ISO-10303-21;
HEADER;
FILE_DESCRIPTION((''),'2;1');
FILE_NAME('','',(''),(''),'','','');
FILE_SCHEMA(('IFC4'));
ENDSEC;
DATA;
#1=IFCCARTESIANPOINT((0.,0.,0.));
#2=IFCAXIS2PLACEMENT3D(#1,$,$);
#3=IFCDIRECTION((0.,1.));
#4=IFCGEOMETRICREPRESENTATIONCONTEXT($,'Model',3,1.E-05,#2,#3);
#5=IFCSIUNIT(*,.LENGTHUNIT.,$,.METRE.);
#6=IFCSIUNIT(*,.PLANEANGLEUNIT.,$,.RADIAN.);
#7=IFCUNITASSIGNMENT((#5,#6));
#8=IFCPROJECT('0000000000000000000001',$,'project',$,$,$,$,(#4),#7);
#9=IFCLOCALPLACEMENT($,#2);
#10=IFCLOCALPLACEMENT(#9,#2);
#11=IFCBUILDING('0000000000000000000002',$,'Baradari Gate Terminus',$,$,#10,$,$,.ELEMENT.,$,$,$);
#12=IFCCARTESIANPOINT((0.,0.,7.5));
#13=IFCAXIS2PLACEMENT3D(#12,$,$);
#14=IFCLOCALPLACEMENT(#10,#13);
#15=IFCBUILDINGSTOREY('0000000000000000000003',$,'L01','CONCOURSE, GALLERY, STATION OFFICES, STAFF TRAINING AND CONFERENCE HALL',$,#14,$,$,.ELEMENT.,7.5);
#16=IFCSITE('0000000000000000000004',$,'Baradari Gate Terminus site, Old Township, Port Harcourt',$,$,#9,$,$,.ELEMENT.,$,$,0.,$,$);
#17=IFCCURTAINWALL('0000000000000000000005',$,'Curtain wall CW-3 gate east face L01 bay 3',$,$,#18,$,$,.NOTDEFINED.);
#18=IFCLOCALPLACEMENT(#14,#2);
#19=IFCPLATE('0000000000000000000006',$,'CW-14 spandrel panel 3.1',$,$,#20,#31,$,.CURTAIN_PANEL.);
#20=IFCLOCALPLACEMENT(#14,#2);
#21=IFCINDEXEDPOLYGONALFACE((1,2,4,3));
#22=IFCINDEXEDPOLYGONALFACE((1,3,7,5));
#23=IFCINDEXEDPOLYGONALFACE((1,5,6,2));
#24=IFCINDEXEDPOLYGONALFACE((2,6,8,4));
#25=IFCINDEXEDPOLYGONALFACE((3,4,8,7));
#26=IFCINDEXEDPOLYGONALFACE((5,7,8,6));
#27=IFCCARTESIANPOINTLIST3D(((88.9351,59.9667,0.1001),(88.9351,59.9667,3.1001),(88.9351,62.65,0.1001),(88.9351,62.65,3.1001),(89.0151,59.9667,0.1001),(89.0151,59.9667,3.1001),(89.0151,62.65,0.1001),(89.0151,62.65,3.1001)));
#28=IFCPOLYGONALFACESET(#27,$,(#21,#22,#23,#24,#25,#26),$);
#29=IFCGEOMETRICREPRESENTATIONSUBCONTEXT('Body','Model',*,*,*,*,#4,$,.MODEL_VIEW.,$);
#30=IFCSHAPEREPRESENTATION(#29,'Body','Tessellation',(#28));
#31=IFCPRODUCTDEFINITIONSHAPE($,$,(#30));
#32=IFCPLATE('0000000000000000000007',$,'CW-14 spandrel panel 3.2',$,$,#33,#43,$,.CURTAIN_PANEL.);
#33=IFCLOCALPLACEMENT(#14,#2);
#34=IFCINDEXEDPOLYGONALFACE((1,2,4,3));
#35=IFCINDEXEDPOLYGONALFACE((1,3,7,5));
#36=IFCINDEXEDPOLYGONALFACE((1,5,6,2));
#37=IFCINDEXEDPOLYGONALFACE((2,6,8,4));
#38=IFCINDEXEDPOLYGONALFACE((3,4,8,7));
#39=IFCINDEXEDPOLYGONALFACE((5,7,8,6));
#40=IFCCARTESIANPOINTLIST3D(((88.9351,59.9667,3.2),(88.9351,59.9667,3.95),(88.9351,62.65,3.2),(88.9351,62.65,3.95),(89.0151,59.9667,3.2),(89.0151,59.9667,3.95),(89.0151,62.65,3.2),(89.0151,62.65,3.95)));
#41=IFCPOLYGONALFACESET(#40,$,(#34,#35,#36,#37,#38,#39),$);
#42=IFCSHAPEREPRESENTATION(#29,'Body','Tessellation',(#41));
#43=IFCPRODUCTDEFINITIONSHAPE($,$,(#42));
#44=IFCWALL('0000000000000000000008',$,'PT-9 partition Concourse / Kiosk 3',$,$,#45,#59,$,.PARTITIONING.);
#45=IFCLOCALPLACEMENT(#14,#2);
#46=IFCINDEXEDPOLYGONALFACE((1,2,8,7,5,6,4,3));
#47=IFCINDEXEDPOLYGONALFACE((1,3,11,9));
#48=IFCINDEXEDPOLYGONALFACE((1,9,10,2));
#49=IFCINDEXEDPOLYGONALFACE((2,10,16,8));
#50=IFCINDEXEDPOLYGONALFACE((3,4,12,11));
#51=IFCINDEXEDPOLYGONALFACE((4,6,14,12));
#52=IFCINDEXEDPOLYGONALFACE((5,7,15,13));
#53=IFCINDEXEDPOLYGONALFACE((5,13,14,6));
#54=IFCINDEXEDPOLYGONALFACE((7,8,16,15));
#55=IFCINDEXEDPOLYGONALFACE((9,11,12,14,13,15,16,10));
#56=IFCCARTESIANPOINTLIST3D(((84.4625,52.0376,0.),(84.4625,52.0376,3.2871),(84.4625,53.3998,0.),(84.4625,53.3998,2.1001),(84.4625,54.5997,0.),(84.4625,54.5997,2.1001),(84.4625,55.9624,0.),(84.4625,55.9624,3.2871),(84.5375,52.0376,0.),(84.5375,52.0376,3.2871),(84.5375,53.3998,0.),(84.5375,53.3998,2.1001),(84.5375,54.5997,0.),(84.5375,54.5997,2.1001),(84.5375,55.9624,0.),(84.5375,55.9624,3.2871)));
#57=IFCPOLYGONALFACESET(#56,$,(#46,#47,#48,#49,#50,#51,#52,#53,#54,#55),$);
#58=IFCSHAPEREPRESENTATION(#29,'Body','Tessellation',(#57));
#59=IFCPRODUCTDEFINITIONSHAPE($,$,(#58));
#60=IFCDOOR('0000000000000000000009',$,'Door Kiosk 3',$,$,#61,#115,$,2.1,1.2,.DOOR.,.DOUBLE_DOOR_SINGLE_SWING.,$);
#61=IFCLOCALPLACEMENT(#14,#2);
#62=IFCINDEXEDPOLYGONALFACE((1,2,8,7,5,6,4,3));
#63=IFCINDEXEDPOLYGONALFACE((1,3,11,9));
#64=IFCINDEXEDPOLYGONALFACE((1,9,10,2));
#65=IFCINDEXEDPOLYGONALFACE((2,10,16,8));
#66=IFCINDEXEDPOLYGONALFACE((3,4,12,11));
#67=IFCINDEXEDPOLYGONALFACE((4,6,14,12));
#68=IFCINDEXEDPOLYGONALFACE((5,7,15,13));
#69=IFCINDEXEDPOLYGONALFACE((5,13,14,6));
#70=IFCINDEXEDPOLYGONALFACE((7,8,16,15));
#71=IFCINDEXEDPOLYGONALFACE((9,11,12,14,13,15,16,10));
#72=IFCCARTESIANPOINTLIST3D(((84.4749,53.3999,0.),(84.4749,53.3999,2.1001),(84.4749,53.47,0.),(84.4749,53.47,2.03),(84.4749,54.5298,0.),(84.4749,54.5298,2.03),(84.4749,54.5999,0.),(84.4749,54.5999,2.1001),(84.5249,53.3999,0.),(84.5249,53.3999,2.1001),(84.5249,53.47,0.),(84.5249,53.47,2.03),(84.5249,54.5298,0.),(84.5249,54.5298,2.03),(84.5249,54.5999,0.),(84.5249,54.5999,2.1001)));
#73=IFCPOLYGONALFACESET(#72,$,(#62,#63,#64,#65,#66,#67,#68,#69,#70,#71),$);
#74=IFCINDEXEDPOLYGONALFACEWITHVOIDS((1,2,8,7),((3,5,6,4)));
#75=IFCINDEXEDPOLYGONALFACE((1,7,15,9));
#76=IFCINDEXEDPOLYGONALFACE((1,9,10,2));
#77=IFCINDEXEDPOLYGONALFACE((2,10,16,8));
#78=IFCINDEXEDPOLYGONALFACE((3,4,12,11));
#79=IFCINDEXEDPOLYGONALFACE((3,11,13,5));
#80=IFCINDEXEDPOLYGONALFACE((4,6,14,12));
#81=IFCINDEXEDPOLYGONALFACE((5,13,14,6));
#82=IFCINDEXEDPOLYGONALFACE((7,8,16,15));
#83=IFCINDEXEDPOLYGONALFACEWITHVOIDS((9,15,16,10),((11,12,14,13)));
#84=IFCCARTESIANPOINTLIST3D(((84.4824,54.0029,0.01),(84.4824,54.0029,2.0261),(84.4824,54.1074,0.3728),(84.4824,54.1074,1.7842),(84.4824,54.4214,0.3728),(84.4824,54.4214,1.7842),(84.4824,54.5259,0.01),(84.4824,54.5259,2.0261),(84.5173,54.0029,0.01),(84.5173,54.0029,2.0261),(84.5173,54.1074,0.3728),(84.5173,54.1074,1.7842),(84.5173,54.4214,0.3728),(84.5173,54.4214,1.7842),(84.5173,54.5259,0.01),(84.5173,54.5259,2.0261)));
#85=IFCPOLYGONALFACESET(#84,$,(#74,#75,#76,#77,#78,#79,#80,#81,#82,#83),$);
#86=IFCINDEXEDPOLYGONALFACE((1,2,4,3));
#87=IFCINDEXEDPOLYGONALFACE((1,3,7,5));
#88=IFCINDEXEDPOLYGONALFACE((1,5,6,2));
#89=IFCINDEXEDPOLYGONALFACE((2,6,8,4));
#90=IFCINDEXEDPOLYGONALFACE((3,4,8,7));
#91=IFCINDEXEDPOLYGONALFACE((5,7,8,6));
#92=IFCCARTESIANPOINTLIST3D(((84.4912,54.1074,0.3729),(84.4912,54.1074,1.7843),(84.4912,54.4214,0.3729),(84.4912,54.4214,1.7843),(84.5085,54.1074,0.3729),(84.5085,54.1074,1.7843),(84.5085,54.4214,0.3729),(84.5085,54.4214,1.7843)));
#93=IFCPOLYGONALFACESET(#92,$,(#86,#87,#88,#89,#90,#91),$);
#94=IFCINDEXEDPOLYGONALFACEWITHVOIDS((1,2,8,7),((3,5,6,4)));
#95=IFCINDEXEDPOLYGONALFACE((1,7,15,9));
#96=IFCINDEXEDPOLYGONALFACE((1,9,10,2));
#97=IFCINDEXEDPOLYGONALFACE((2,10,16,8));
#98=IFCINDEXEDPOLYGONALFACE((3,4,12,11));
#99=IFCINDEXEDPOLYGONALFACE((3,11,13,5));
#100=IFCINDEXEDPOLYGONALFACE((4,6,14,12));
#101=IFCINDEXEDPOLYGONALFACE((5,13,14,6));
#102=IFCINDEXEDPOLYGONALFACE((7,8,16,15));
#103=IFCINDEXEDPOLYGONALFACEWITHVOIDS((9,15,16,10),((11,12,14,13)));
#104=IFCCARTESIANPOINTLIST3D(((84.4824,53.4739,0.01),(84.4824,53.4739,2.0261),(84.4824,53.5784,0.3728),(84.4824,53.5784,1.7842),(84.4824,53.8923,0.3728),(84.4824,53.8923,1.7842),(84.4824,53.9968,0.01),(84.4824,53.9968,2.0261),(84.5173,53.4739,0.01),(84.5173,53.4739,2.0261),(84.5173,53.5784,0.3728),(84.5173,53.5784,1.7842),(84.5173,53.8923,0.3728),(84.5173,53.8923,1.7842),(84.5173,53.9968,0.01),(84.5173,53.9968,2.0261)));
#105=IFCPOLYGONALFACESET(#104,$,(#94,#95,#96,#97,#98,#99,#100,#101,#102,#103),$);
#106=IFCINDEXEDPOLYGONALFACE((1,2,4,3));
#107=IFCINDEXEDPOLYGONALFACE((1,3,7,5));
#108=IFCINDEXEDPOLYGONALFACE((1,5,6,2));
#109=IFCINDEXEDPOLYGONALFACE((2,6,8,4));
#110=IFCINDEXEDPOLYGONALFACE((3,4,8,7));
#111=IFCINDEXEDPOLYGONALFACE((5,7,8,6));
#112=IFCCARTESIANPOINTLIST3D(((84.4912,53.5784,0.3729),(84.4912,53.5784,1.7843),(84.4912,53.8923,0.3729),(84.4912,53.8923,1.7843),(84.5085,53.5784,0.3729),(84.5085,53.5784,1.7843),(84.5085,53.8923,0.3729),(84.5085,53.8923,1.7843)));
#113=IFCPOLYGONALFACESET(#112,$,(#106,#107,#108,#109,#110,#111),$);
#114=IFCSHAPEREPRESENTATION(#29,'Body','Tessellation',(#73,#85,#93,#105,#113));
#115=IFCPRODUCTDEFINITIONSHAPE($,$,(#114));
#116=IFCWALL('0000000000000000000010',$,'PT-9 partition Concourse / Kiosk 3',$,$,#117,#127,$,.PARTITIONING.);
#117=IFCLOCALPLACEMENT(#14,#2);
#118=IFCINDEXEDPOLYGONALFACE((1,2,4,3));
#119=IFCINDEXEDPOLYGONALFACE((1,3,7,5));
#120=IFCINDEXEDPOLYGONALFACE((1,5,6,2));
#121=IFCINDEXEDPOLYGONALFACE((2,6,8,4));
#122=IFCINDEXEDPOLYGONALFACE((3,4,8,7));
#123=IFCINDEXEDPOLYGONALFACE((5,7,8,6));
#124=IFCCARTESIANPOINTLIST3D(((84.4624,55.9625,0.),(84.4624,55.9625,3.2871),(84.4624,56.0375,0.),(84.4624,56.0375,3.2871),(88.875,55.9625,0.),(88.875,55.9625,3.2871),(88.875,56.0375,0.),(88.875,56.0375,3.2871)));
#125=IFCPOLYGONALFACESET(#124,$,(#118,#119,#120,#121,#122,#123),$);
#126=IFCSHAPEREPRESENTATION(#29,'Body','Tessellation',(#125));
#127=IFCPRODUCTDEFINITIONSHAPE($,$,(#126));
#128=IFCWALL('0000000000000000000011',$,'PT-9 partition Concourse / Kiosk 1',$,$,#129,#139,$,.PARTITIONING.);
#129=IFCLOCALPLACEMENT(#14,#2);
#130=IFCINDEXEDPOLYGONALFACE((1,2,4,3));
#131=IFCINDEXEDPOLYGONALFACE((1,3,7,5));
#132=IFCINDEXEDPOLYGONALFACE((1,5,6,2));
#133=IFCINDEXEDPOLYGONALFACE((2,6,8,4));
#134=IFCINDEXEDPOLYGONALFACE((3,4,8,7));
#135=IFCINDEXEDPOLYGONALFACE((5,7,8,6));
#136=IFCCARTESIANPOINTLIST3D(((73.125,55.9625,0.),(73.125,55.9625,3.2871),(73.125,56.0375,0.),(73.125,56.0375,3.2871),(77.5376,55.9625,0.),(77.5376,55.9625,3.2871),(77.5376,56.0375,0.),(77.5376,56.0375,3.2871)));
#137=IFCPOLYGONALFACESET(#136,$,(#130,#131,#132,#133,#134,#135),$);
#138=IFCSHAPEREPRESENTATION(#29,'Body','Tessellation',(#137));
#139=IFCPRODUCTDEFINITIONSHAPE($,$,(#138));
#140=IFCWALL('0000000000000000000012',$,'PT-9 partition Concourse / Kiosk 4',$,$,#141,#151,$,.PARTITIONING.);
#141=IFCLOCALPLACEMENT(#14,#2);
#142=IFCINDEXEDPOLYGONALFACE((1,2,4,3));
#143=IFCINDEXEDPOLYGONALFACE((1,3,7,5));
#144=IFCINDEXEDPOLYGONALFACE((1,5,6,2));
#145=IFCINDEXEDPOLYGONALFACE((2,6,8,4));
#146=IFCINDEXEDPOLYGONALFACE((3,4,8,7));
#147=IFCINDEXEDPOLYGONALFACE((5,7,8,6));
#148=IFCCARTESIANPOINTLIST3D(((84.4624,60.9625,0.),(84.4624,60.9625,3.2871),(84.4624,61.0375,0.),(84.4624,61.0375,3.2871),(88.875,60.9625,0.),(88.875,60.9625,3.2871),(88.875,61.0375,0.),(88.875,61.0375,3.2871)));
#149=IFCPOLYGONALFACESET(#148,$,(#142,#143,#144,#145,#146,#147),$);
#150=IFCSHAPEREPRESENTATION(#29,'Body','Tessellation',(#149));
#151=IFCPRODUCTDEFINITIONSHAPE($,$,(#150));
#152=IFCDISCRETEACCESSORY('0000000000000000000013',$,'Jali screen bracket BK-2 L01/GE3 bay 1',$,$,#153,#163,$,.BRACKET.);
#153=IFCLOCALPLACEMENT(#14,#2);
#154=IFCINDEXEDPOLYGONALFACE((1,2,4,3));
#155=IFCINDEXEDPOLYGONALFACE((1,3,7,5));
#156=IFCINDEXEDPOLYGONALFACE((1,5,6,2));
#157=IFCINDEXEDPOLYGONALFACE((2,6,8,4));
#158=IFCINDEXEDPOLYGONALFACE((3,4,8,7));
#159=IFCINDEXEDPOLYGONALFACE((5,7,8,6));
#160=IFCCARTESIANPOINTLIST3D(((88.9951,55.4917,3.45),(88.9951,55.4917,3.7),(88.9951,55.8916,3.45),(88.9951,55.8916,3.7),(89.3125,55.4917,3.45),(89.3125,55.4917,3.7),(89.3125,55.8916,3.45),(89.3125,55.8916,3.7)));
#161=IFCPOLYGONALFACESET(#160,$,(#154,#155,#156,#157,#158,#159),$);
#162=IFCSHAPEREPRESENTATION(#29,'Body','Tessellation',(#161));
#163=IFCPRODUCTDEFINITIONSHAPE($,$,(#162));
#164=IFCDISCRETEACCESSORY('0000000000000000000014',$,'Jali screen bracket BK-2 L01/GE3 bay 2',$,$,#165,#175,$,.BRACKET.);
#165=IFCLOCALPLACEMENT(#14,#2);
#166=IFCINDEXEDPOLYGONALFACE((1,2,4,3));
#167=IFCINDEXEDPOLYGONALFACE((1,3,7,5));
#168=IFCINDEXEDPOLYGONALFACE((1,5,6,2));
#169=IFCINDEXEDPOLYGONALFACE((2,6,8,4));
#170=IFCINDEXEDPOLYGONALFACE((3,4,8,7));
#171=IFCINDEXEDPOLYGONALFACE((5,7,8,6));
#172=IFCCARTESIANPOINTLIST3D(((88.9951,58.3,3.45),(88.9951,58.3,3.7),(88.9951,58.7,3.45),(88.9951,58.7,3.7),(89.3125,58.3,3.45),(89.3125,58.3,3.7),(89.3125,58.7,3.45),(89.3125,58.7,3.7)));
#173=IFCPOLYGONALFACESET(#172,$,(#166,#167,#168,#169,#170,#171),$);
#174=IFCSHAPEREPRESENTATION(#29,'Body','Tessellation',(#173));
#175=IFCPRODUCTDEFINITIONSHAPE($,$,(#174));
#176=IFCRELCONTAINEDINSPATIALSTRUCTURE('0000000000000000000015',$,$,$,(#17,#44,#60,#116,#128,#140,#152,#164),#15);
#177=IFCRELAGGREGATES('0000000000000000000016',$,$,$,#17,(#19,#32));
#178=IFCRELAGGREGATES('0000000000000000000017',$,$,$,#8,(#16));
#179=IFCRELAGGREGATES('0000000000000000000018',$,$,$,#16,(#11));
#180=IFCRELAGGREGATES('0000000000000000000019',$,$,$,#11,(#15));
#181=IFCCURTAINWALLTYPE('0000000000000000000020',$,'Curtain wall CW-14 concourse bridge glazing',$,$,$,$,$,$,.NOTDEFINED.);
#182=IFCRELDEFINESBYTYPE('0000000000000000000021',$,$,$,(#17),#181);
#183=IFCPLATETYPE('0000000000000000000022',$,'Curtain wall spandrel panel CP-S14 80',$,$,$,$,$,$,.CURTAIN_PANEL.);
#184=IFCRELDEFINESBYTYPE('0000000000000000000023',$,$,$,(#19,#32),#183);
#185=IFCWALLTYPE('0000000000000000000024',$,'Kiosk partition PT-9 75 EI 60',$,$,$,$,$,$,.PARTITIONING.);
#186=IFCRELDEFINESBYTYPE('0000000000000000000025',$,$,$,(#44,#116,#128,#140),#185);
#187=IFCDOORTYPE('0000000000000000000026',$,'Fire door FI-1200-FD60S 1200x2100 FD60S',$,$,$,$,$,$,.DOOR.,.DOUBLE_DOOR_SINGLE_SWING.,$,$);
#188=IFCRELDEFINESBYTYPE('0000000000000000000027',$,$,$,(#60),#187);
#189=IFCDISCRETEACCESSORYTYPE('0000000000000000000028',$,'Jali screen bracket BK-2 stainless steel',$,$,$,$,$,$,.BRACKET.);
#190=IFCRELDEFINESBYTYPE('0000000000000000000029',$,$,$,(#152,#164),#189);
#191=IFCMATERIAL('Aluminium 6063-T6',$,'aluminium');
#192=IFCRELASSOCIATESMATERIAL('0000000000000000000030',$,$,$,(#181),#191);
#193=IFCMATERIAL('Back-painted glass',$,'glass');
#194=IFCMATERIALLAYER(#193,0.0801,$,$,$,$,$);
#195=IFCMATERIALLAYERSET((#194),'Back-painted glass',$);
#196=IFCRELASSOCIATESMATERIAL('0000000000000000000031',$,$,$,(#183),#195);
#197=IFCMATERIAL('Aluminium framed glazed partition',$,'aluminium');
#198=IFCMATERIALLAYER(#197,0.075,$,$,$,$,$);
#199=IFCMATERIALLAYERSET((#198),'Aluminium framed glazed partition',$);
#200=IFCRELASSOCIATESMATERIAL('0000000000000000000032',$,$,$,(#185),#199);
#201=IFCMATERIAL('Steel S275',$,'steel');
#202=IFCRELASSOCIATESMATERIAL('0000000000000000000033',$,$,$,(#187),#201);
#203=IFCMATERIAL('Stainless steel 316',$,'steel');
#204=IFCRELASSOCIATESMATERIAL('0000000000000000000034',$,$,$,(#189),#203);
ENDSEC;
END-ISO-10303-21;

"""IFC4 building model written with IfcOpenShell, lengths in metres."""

from ifc_helpers import new_model, si_unit, direction, frame, frame_2d, origin, origin_2d, place, context, subcontext, project, spatial, polyline, rectangle, outline, extrude, material, layer, layer_set, type_object, element, fill, aggregate, save


model = new_model("IFC4")

# Units and contexts
model_context = context("Model", 3, precision=1e-05, world=origin(), true_north=direction((0.0, 1.0)))
body_context = subcontext(model_context, "Body", "Model", "MODEL_VIEW")
ifc_project = project(units=[si_unit("LENGTHUNIT", "METRE"), si_unit("PLANEANGLEUNIT", "RADIAN")], contexts=[model_context])

# Site, building, storey
site_placement = place(None, origin())
site = spatial("IfcSite", under=ifc_project, at=site_placement, Name="Baradari Gate Terminus site, Old Township, Port Harcourt", CompositionType="ELEMENT", RefElevation=0.0)
building_placement = place(site_placement, origin())
building = spatial("IfcBuilding", under=site, at=building_placement, Name="Baradari Gate Terminus", CompositionType="ELEMENT")
storey_placement = place(building_placement, frame((0.0, 0.0, 7.5)))
storey = spatial("IfcBuildingStorey", under=building, at=storey_placement, Name="L01", Description="CONCOURSE, GALLERY, STATION OFFICES, STAFF TRAINING AND CONFERENCE HALL", CompositionType="ELEMENT", Elevation=7.5)

# Curtain wall, plates
ifc_material_1 = material(Name="Aluminium 6063-T6", Category="aluminium")
curtain_wall_type = type_object("IfcCurtainWallType", Name="Curtain wall CW-14 concourse bridge glazing", PredefinedType="NOTDEFINED", material=ifc_material_1)
curtain_wall_placement = place(storey_placement, origin())
curtain_wall = element("IfcCurtainWall", 1, at=curtain_wall_placement, inside=storey, type_object=curtain_wall_type, Name="Curtain wall CW-3 gate east face L01 bay 3", PredefinedType="NOTDEFINED")
ifc_material_2 = material(Name="Back-painted glass", Category="glass")
ifc_layer_1 = layer(ifc_material_2, 0.0801)
ifc_layer_set_1 = layer_set([ifc_layer_1], Name="Back-painted glass")
plate_type_1 = type_object("IfcPlateType", Name="Curtain wall spandrel panel CP-S14 80", PredefinedType="CURTAIN_PANEL", material=ifc_layer_set_1)
plate_1_placement = place(storey_placement, frame((88.9751, 61.3083, 0.1001), z_axis=(0.0, 0.0, 1.0), x_axis=(0.0, 1.0, 0.0)))
plate_1 = element("IfcPlate", 2, at=plate_1_placement, type_object=plate_type_1, Name="CW-14 spandrel panel 3.1", PredefinedType="CURTAIN_PANEL", context=body_context, shape_type="SweptSolid", body=[
    extrude(rectangle(XDim=2.6833, YDim=0.0801, at=origin_2d()), origin(), (0.0, 0.0, 1.0), 3.0),
])
plate_2_placement = place(storey_placement, frame((88.9751, 61.3083, 3.2), z_axis=(0.0, 0.0, 1.0), x_axis=(0.0, 1.0, 0.0)))
plate_2 = element("IfcPlate", 3, at=plate_2_placement, type_object=plate_type_1, Name="CW-14 spandrel panel 3.2", PredefinedType="CURTAIN_PANEL", context=body_context, shape_type="SweptSolid", body=[
    extrude(rectangle(XDim=2.6833, YDim=0.0801, at=origin_2d()), origin(), (0.0, 0.0, 1.0), 0.75),
])
aggregate(curtain_wall, [plate_1, plate_2])

# Wall, opening, door
ifc_material_3 = material(Name="Aluminium framed glazed partition", Category="aluminium")
ifc_layer_2 = layer(ifc_material_3, 0.075)
ifc_layer_set_2 = layer_set([ifc_layer_2], Name="Aluminium framed glazed partition")
wall_type = type_object("IfcWallType", Name="Kiosk partition PT-9 75 EI 60", PredefinedType="PARTITIONING", material=ifc_layer_set_2)
wall_placement = place(storey_placement, frame((84.5, 55.9624, 0.0), z_axis=(0.0, 0.0, 1.0), x_axis=(0.0, -1.0, 0.0)))
wall = element("IfcWall", 4, at=wall_placement, inside=storey, type_object=wall_type, Name="PT-9 partition Concourse / Kiosk 3", PredefinedType="PARTITIONING", context=body_context, shape_type="SweptSolid", body=[
    extrude(rectangle(XDim=3.9248, YDim=0.075, at=frame_2d((1.9624, 0.0))), origin(), (0.0, 0.0, 1.0), 3.2871),
])
opening_placement = place(wall_placement, frame((1.3625, 0.0, 0.0)))
opening = element("IfcOpeningElement", 5, at=opening_placement, cuts=wall, PredefinedType="OPENING", context=body_context, shape_type="SweptSolid", body=[
    extrude(rectangle(XDim=1.2, YDim=2.1001, at=frame_2d((0.6001, 1.05))), frame((0.0, 0.0474, 0.0), z_axis=(0.0, -1.0, 0.0), x_axis=(1.0, 0.0, 0.0)), (0.0, 0.0, 1.0), 0.095),
])
ifc_material_4 = material(Name="Steel S275", Category="steel")
door_type = type_object("IfcDoorType", Name="Fire door FI-1200-FD60S 1200x2100 FD60S", OperationType="DOUBLE_DOOR_SINGLE_SWING", PredefinedType="DOOR", material=ifc_material_4)
door_placement = place(opening_placement, origin())
door = element("IfcDoor", 6, at=door_placement, inside=storey, type_object=door_type, Name="Door Kiosk 3", OperationType="DOUBLE_DOOR_SINGLE_SWING", OverallHeight=2.1, OverallWidth=1.2, PredefinedType="DOOR", context=body_context, shape_type="SweptSolid", body=[
    extrude(outline(polyline([(0.0, 0.0), (0.0701, 0.0), (0.0701, 2.03), (1.1299, 2.03), (1.1299, 0.0), (1.2, 0.0), (1.2, 2.1001), (0.0, 2.1001), (0.0, 0.0)])), frame((0.0, 0.0249, 0.0), z_axis=(0.0, -1.0, 0.0), x_axis=(1.0, 0.0, 0.0)), (0.0, 0.0, 1.0), 0.05),
    extrude(outline(polyline([(0.074, 0.01), (0.5969, 0.01), (0.5969, 2.0261), (0.074, 2.0261), (0.074, 0.01)]), holes=[polyline([(0.1785, 0.3728), (0.4924, 0.3728), (0.4924, 1.7842), (0.1785, 1.7842), (0.1785, 0.3728)])]), frame((0.0, 0.0173, 0.0), z_axis=(0.0, -1.0, 0.0), x_axis=(1.0, 0.0, 0.0)), (0.0, 0.0, 1.0), 0.0349),
    extrude(rectangle(XDim=0.314, YDim=1.4114, at=frame_2d((0.3354, 1.0786))), frame((0.0, 0.0085, 0.0), z_axis=(0.0, -1.0, 0.0), x_axis=(1.0, 0.0, 0.0)), (0.0, 0.0, 1.0), 0.0173),
    extrude(outline(polyline([(0.603, 0.01), (1.126, 0.01), (1.126, 2.0261), (0.603, 2.0261), (0.603, 0.01)]), holes=[polyline([(0.7075, 0.3728), (1.0215, 0.3728), (1.0215, 1.7842), (0.7075, 1.7842), (0.7075, 0.3728)])]), frame((0.0, 0.0173, 0.0), z_axis=(0.0, -1.0, 0.0), x_axis=(1.0, 0.0, 0.0)), (0.0, 0.0, 1.0), 0.0349),
    extrude(rectangle(XDim=0.314, YDim=1.4114, at=frame_2d((0.8645, 1.0786))), frame((0.0, 0.0085, 0.0), z_axis=(0.0, -1.0, 0.0), x_axis=(1.0, 0.0, 0.0)), (0.0, 0.0, 1.0), 0.0173),
])
fill(opening, door)

# Walls
for number, where, z_axis, x_axis, name in (
    (7, (88.875, 56.0, 0.0), (0.0, 0.0, 1.0), (-1.0, 0.0, 0.0), "PT-9 partition Concourse / Kiosk 3"),
    (8, (77.5376, 56.0, 0.0), (0.0, 0.0, 1.0), (-1.0, 0.0, 0.0), "PT-9 partition Concourse / Kiosk 1"),
    (9, (84.4624, 61.0, 0.0), (0.0, 0.0, 1.0), (1.0, 0.0, 0.0), "PT-9 partition Concourse / Kiosk 4"),
):
    element("IfcWall", number, at=place(storey_placement, frame(where, z_axis=z_axis, x_axis=x_axis)), inside=storey, type_object=wall_type, Name=name, PredefinedType="PARTITIONING", context=body_context, shape_type="SweptSolid", body=[
        extrude(rectangle(XDim=4.4126, YDim=0.075, at=frame_2d((2.2063, 0.0))), origin(), (0.0, 0.0, 1.0), 3.2871),
    ])

# Discrete accessories
ifc_material_5 = material(Name="Stainless steel 316", Category="steel")
discrete_accessory_type = type_object("IfcDiscreteAccessoryType", Name="Jali screen bracket BK-2 stainless steel", PredefinedType="BRACKET", material=ifc_material_5)
for number, where, z_axis, x_axis, name in (
    (10, (89.1538, 55.6917, 3.45), (0.0, 0.0, 1.0), (1.0, 0.0, 0.0), "Jali screen bracket BK-2 L01/GE3 bay 1"),
    (11, (89.1538, 58.5, 3.45), (0.0, 0.0, 1.0), (1.0, 0.0, 0.0), "Jali screen bracket BK-2 L01/GE3 bay 2"),
):
    element("IfcDiscreteAccessory", number, at=place(storey_placement, frame(where, z_axis=z_axis, x_axis=x_axis)), inside=storey, type_object=discrete_accessory_type, Name=name, PredefinedType="BRACKET", context=body_context, shape_type="SweptSolid", body=[
        extrude(rectangle(XDim=0.3174, YDim=0.3999, at=origin_2d()), origin(), (0.0, 0.0, 1.0), 0.25),
    ])

save(model, "model.ifc")
